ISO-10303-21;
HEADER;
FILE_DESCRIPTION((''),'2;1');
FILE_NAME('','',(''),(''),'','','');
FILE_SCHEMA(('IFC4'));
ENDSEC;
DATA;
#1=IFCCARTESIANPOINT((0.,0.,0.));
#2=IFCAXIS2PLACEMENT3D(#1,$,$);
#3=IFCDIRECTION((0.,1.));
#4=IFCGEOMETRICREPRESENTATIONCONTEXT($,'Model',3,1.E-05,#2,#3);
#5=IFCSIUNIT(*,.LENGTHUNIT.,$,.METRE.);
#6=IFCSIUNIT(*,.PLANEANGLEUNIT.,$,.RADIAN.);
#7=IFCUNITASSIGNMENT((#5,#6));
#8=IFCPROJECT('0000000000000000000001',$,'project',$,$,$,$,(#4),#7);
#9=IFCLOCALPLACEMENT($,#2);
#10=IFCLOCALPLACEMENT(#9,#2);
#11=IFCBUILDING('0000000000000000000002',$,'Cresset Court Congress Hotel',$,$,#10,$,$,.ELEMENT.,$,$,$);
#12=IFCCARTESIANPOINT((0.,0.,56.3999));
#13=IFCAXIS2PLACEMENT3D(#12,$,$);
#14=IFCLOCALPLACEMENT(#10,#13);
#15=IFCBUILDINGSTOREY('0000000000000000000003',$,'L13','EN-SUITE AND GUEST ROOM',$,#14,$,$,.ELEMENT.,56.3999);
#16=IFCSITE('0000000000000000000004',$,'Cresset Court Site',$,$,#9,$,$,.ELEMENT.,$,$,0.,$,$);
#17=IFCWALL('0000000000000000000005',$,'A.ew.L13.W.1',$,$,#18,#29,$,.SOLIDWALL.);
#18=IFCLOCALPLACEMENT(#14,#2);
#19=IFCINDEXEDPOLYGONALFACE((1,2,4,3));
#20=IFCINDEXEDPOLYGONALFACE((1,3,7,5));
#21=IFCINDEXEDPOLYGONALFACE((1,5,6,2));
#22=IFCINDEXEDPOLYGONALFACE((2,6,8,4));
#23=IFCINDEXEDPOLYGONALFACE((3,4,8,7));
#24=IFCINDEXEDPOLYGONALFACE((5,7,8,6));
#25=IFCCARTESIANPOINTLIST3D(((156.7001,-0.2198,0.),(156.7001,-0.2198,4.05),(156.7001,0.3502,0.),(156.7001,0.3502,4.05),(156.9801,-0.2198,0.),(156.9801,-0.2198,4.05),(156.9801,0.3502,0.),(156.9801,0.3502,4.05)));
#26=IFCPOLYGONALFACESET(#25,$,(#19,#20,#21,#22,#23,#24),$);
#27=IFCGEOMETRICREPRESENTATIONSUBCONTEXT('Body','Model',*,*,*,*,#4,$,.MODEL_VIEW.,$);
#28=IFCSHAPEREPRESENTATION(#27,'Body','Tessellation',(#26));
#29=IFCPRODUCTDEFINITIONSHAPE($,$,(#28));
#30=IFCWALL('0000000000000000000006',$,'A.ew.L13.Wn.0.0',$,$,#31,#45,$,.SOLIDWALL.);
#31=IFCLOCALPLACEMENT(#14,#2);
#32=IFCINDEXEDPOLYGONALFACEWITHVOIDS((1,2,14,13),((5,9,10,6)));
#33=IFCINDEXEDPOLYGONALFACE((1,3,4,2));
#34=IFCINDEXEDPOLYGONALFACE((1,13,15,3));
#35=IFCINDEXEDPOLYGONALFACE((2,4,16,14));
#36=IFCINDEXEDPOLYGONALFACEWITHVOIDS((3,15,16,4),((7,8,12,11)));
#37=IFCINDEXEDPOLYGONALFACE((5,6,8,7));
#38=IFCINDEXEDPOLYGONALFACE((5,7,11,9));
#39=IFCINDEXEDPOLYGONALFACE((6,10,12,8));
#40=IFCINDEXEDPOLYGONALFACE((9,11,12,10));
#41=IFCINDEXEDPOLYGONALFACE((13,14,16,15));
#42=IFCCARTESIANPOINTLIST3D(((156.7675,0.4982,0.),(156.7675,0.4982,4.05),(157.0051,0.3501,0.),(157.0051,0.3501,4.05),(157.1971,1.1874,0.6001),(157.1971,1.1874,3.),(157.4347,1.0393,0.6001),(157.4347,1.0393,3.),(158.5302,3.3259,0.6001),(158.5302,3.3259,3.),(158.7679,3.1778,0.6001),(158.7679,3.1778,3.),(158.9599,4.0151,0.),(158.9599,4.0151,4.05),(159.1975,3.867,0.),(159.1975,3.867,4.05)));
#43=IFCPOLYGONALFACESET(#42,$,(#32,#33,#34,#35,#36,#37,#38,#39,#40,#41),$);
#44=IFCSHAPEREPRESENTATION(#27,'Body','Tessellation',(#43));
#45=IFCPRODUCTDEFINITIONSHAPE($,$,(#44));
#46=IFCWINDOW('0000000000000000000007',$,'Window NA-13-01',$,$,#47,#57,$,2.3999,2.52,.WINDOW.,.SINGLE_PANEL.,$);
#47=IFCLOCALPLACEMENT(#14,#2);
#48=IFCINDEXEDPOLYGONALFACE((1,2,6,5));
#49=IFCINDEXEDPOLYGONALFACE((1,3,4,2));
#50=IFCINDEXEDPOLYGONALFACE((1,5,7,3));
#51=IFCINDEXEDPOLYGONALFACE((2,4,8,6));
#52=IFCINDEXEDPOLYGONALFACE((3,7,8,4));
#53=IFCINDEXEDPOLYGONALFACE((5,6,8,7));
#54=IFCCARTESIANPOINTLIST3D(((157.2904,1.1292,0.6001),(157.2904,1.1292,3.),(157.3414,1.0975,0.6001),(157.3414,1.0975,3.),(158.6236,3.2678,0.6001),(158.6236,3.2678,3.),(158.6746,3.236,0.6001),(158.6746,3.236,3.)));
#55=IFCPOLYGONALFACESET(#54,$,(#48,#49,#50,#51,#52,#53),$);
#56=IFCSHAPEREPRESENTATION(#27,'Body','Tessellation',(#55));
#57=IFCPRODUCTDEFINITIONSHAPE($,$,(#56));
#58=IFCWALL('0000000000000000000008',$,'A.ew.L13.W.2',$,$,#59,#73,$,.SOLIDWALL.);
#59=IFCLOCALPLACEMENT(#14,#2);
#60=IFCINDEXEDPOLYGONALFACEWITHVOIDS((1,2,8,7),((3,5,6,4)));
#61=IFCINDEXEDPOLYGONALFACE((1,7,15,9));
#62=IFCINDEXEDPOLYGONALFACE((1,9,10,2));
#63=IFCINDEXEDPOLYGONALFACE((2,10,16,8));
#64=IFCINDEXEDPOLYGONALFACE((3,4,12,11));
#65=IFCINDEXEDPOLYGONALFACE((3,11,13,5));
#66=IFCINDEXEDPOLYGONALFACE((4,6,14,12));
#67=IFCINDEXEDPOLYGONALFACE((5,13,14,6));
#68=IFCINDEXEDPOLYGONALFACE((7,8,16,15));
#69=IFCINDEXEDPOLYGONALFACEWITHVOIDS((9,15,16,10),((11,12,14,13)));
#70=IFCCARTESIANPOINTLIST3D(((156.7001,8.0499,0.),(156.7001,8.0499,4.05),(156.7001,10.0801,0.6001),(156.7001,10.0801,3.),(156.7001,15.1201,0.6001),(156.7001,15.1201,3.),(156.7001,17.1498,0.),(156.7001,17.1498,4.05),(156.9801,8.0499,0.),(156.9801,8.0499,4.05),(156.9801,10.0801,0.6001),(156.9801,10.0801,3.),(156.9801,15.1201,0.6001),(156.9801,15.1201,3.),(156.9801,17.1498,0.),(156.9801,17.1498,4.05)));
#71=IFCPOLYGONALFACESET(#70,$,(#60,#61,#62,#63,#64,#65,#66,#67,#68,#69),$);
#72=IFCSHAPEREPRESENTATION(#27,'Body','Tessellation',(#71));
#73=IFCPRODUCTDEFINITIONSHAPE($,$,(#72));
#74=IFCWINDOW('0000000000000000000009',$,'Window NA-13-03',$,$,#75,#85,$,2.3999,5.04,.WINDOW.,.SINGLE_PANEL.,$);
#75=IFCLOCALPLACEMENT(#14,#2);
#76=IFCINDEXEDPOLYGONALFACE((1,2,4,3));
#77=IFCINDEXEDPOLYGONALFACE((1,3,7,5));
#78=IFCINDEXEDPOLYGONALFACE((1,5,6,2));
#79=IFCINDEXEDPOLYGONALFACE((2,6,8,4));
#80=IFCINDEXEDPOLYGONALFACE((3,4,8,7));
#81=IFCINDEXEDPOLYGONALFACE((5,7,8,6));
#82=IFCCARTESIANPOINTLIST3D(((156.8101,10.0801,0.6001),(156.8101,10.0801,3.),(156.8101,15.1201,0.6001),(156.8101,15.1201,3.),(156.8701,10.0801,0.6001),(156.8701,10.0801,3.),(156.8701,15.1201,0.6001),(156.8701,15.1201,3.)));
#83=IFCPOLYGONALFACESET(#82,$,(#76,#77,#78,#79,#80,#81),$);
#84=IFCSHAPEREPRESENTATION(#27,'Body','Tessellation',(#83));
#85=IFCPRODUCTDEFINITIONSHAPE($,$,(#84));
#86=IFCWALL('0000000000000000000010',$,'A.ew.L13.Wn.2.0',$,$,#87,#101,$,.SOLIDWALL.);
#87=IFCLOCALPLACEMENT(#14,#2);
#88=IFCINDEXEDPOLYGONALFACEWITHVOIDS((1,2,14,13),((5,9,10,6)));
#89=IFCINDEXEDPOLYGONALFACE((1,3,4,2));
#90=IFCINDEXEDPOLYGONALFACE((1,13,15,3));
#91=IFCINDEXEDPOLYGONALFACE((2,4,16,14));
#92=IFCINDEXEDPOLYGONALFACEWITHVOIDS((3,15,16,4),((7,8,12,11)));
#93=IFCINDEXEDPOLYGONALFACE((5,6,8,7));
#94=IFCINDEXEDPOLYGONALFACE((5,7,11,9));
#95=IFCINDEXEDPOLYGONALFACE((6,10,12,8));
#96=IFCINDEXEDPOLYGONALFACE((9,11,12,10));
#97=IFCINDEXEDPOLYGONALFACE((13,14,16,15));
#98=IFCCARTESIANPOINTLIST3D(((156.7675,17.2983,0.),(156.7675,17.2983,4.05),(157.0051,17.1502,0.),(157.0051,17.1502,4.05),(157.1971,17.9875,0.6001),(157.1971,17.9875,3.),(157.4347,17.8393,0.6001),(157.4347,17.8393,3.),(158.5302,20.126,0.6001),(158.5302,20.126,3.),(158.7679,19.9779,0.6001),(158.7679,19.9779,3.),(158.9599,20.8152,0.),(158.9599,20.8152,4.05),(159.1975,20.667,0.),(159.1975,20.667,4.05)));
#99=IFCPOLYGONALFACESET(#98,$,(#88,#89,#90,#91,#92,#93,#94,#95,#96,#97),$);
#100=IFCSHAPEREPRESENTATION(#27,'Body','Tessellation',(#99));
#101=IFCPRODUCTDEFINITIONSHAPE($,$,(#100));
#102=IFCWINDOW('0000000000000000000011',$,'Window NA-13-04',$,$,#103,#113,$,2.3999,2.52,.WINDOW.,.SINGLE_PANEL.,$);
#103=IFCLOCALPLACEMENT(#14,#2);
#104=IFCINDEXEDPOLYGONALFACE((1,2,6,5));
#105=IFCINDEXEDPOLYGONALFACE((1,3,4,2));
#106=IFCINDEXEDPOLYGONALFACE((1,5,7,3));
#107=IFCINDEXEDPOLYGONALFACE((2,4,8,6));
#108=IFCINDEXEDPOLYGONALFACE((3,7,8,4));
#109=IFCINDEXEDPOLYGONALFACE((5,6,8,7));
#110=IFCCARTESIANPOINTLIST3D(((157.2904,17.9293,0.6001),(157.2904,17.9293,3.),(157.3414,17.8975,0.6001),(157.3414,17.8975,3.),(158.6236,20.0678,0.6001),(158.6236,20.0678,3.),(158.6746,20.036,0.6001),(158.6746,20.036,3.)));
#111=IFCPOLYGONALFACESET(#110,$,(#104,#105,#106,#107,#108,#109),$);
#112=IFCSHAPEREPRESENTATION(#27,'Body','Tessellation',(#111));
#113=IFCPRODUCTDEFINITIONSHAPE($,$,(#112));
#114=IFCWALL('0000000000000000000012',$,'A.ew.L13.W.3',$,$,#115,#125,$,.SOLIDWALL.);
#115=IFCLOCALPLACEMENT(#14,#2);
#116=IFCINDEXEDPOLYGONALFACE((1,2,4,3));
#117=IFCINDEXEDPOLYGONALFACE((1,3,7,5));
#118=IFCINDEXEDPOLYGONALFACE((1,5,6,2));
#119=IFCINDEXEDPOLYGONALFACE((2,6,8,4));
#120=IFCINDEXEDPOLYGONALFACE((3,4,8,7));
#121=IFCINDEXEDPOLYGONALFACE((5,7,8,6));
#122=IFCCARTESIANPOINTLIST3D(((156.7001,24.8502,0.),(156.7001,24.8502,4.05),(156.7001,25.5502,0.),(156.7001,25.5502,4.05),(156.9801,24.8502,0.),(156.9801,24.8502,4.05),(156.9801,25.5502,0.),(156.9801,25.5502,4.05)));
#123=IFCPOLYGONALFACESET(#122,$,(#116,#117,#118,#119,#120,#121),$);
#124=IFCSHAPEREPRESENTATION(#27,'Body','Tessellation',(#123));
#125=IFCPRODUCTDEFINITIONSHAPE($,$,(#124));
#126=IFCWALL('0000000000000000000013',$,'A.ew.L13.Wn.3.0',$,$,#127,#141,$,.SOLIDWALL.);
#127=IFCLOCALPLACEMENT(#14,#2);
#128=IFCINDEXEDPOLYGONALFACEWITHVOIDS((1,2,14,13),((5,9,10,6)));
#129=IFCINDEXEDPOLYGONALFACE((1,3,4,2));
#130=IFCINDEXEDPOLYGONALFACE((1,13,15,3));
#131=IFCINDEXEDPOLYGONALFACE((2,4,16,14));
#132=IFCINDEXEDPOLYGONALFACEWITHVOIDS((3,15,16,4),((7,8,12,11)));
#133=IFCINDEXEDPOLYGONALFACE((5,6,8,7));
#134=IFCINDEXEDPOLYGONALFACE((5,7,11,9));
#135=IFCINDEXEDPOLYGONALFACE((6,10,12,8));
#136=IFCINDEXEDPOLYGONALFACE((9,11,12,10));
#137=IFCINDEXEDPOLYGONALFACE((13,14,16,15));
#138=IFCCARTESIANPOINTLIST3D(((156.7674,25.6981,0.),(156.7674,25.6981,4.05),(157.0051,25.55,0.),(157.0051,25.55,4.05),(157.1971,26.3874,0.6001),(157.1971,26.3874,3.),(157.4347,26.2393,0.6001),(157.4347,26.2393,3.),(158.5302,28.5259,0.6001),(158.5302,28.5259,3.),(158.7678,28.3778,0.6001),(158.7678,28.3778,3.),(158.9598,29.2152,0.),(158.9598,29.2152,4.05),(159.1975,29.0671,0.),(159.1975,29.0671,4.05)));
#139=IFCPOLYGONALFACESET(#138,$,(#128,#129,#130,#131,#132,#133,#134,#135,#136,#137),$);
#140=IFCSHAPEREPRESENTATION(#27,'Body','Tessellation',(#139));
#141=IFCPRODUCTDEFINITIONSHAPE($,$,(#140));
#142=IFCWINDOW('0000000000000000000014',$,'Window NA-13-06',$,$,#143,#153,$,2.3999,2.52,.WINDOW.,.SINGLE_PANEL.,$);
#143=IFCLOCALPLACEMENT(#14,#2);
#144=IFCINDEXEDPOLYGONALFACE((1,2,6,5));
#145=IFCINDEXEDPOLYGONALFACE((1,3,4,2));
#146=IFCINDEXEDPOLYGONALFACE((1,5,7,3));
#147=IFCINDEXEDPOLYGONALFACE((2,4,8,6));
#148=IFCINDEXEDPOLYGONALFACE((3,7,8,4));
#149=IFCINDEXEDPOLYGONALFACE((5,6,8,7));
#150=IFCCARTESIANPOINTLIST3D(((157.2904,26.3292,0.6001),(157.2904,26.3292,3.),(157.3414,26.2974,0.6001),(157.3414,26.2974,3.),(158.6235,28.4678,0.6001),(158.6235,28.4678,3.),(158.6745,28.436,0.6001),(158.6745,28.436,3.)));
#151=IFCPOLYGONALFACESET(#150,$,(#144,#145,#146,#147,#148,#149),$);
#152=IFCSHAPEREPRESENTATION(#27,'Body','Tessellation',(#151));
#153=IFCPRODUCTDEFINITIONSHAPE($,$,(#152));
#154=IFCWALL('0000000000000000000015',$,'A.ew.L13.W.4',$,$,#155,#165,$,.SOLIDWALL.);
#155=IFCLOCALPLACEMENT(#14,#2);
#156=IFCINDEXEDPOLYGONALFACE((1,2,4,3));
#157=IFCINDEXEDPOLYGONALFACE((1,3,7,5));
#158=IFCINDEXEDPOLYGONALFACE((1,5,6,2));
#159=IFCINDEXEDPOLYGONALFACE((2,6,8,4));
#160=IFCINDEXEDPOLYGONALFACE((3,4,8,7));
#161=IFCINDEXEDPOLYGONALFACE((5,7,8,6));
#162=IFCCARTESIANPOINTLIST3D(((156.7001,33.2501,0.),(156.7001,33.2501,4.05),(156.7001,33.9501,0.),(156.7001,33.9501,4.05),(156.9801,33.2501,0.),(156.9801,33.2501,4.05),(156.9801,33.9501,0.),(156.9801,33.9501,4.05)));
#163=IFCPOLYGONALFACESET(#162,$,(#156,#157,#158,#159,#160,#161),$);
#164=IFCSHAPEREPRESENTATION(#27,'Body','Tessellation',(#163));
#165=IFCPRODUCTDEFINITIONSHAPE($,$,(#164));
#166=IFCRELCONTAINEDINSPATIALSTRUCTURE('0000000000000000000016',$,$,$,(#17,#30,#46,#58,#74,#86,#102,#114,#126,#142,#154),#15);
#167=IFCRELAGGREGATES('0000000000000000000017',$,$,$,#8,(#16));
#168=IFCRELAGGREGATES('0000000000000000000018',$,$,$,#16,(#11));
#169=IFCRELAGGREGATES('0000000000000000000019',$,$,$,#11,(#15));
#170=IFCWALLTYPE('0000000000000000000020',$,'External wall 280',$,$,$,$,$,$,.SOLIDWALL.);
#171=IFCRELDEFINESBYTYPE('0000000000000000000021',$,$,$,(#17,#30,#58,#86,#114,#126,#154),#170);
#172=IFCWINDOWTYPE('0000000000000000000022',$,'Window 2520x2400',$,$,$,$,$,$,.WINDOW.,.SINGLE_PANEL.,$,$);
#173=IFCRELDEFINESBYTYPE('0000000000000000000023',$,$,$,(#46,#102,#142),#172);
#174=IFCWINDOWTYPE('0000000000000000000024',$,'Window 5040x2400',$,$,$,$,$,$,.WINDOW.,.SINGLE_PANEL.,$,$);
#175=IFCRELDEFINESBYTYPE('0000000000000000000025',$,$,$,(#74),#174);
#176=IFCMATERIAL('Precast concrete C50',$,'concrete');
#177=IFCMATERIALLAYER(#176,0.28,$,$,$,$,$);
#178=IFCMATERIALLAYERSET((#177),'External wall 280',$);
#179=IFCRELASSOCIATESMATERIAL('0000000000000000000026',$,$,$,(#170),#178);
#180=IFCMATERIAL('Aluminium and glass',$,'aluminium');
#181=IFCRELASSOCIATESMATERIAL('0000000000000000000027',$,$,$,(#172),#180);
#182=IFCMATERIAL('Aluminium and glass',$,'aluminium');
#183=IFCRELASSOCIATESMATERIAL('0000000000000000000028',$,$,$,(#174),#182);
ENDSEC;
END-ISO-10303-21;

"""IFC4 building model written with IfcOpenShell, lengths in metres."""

from ifc_helpers import new_model, si_unit, direction, frame, frame_2d, origin, place, context, subcontext, project, spatial, rectangle, extrude, material, layer, layer_set, type_object, element, fill, save


model = new_model("IFC4")

# Units and contexts
model_context = context("Model", 3, precision=1e-05, world=origin(), true_north=direction((0.0, 1.0)))
body_context = subcontext(model_context, "Body", "Model", "MODEL_VIEW")
ifc_project = project(units=[si_unit("LENGTHUNIT", "METRE"), si_unit("PLANEANGLEUNIT", "RADIAN")], contexts=[model_context])

# Site, building, storey
site_placement = place(None, origin())
site = spatial("IfcSite", under=ifc_project, at=site_placement, Name="Cresset Court Site", CompositionType="ELEMENT", RefElevation=0.0)
building_placement = place(site_placement, origin())
building = spatial("IfcBuilding", under=site, at=building_placement, Name="Cresset Court Congress Hotel", CompositionType="ELEMENT")
storey_placement = place(building_placement, frame((0.0, 0.0, 56.3999)))
storey = spatial("IfcBuildingStorey", under=building, at=storey_placement, Name="L13", Description="EN-SUITE AND GUEST ROOM", CompositionType="ELEMENT", Elevation=56.3999)

# Wall
ifc_material_1 = material(Name="Precast concrete C50", Category="concrete")
ifc_layer_1 = layer(ifc_material_1, 0.28)
ifc_layer_set_1 = layer_set([ifc_layer_1], Name="External wall 280")
wall_type_1 = type_object("IfcWallType", Name="External wall 280", PredefinedType="SOLIDWALL", material=ifc_layer_set_1)
wall_1_placement = place(storey_placement, frame((156.8401, -0.22, 0.0), z_axis=(0.0, 0.0, 1.0), x_axis=(0.0, 1.0, 0.0)))
element("IfcWall", 1, at=wall_1_placement, inside=storey, type_object=wall_type_1, Name="A.ew.L13.W.1", PredefinedType="SOLIDWALL", context=body_context, shape_type="SweptSolid", body=[
    extrude(rectangle(XDim=0.5701, YDim=0.28, at=frame_2d((0.2852, 0.0))), origin(), (0.0, 0.0, 1.0), 4.05),
])

# Walls, openings, windows
wall_2_placement = place(storey_placement, frame((156.8862, 0.4241, 0.0), z_axis=(0.0, 0.0, 1.0), x_axis=(0.529019, 0.84861, 0.0)))
wall_2 = element("IfcWall", 2, at=wall_2_placement, inside=storey, type_object=wall_type_1, Name="A.ew.L13.Wn.0.0", PredefinedType="SOLIDWALL", context=body_context, shape_type="SweptSolid", body=[
    extrude(rectangle(XDim=4.1443, YDim=0.28, at=frame_2d((2.0723, 0.0))), origin(), (0.0, 0.0, 1.0), 4.05),
])
opening_1_placement = place(wall_2_placement, frame((0.8123, 0.0, 0.6001)))
opening_1 = element("IfcOpeningElement", 3, at=opening_1_placement, cuts=wall_2, PredefinedType="OPENING", context=body_context, shape_type="SweptSolid", body=[
    extrude(rectangle(XDim=2.52, YDim=2.3999, at=frame_2d((1.26, 1.2))), frame((0.0, 0.1499, 0.0), z_axis=(0.0, -1.0, 0.0), x_axis=(1.0, 0.0, 0.0)), (0.0, 0.0, 1.0), 0.3),
])
ifc_material_2 = material(Name="Aluminium and glass", Category="aluminium")
window_type_1 = type_object("IfcWindowType", Name="Window 2520x2400", PartitioningType="SINGLE_PANEL", PredefinedType="WINDOW", material=ifc_material_2)
window_1_placement = place(opening_1_placement, origin())
window_1 = element("IfcWindow", 4, at=window_1_placement, inside=storey, type_object=window_type_1, Name="Window NA-13-01", OverallHeight=2.3999, OverallWidth=2.52, PartitioningType="SINGLE_PANEL", PredefinedType="WINDOW", context=body_context, shape_type="SweptSolid", body=[
    extrude(rectangle(XDim=2.52, YDim=2.3999, at=frame_2d((1.26, 1.2))), frame((0.0, 0.03, 0.0), z_axis=(0.0, -1.0, 0.0), x_axis=(1.0, 0.0, 0.0)), (0.0, 0.0, 1.0), 0.0601),
])
fill(opening_1, window_1)
wall_3_placement = place(storey_placement, frame((156.8401, 8.05, 0.0), z_axis=(0.0, 0.0, 1.0), x_axis=(0.0, 1.0, 0.0)))
wall_3 = element("IfcWall", 5, at=wall_3_placement, inside=storey, type_object=wall_type_1, Name="A.ew.L13.W.2", PredefinedType="SOLIDWALL", context=body_context, shape_type="SweptSolid", body=[
    extrude(rectangle(XDim=9.0999, YDim=0.28, at=frame_2d((4.5498, 0.0))), origin(), (0.0, 0.0, 1.0), 4.05),
])
opening_2_placement = place(wall_3_placement, frame((2.03, 0.0, 0.6001)))
opening_2 = element("IfcOpeningElement", 6, at=opening_2_placement, cuts=wall_3, PredefinedType="OPENING", context=body_context, shape_type="SweptSolid", body=[
    extrude(rectangle(XDim=5.04, YDim=2.3999, at=frame_2d((2.52, 1.2))), frame((0.0, 0.1499, 0.0), z_axis=(0.0, -1.0, 0.0), x_axis=(1.0, 0.0, 0.0)), (0.0, 0.0, 1.0), 0.3),
])
ifc_material_3 = material(Name="Aluminium and glass", Category="aluminium")
window_type_2 = type_object("IfcWindowType", Name="Window 5040x2400", PartitioningType="SINGLE_PANEL", PredefinedType="WINDOW", material=ifc_material_3)
window_2_placement = place(opening_2_placement, origin())
window_2 = element("IfcWindow", 7, at=window_2_placement, inside=storey, type_object=window_type_2, Name="Window NA-13-03", OverallHeight=2.3999, OverallWidth=5.04, PartitioningType="SINGLE_PANEL", PredefinedType="WINDOW", context=body_context, shape_type="SweptSolid", body=[
    extrude(rectangle(XDim=5.04, YDim=2.3999, at=frame_2d((2.52, 1.2))), frame((0.0, 0.03, 0.0), z_axis=(0.0, -1.0, 0.0), x_axis=(1.0, 0.0, 0.0)), (0.0, 0.0, 1.0), 0.0601),
])
fill(opening_2, window_2)
wall_4_placement = place(storey_placement, frame((156.8862, 17.2241, 0.0), z_axis=(0.0, 0.0, 1.0), x_axis=(0.529019, 0.84861, 0.0)))
wall_4 = element("IfcWall", 8, at=wall_4_placement, inside=storey, type_object=wall_type_1, Name="A.ew.L13.Wn.2.0", PredefinedType="SOLIDWALL", context=body_context, shape_type="SweptSolid", body=[
    extrude(rectangle(XDim=4.1443, YDim=0.28, at=frame_2d((2.0723, 0.0))), origin(), (0.0, 0.0, 1.0), 4.05),
])
opening_3_placement = place(wall_4_placement, frame((0.8123, 0.0, 0.6001)))
opening_3 = element("IfcOpeningElement", 9, at=opening_3_placement, cuts=wall_4, PredefinedType="OPENING", context=body_context, shape_type="SweptSolid", body=[
    extrude(rectangle(XDim=2.52, YDim=2.3999, at=frame_2d((1.26, 1.2))), frame((0.0, 0.1499, 0.0), z_axis=(0.0, -1.0, 0.0), x_axis=(1.0, 0.0, 0.0)), (0.0, 0.0, 1.0), 0.3),
])
window_3_placement = place(opening_3_placement, origin())
window_3 = element("IfcWindow", 10, at=window_3_placement, inside=storey, type_object=window_type_1, Name="Window NA-13-04", OverallHeight=2.3999, OverallWidth=2.52, PartitioningType="SINGLE_PANEL", PredefinedType="WINDOW", context=body_context, shape_type="SweptSolid", body=[
    extrude(rectangle(XDim=2.52, YDim=2.3999, at=frame_2d((1.26, 1.2))), frame((0.0, 0.03, 0.0), z_axis=(0.0, -1.0, 0.0), x_axis=(1.0, 0.0, 0.0)), (0.0, 0.0, 1.0), 0.0601),
])
fill(opening_3, window_3)

# Wall
wall_5_placement = place(storey_placement, frame((156.8401, 24.8501, 0.0), z_axis=(0.0, 0.0, 1.0), x_axis=(0.0, 1.0, 0.0)))
element("IfcWall", 11, at=wall_5_placement, inside=storey, type_object=wall_type_1, Name="A.ew.L13.W.3", PredefinedType="SOLIDWALL", context=body_context, shape_type="SweptSolid", body=[
    extrude(rectangle(XDim=0.7, YDim=0.28, at=frame_2d((0.3501, 0.0))), origin(), (0.0, 0.0, 1.0), 4.05),
])

# Wall, opening, window
wall_6_placement = place(storey_placement, frame((156.8862, 25.624, 0.0), z_axis=(0.0, 0.0, 1.0), x_axis=(0.528993, 0.848626, 0.0)))
wall_6 = element("IfcWall", 12, at=wall_6_placement, inside=storey, type_object=wall_type_1, Name="A.ew.L13.Wn.3.0", PredefinedType="SOLIDWALL", context=body_context, shape_type="SweptSolid", body=[
    extrude(rectangle(XDim=4.1445, YDim=0.28, at=frame_2d((2.0723, 0.0))), origin(), (0.0, 0.0, 1.0), 4.05),
])
opening_4_placement = place(wall_6_placement, frame((0.8123, 0.0, 0.6001)))
opening_4 = element("IfcOpeningElement", 13, at=opening_4_placement, cuts=wall_6, PredefinedType="OPENING", context=body_context, shape_type="SweptSolid", body=[
    extrude(rectangle(XDim=2.52, YDim=2.3999, at=frame_2d((1.26, 1.2))), frame((0.0, 0.1499, 0.0), z_axis=(0.0, -1.0, 0.0), x_axis=(1.0, 0.0, 0.0)), (0.0, 0.0, 1.0), 0.3),
])
window_4_placement = place(opening_4_placement, origin())
window_4 = element("IfcWindow", 14, at=window_4_placement, inside=storey, type_object=window_type_1, Name="Window NA-13-06", OverallHeight=2.3999, OverallWidth=2.52, PartitioningType="SINGLE_PANEL", PredefinedType="WINDOW", context=body_context, shape_type="SweptSolid", body=[
    extrude(rectangle(XDim=2.52, YDim=2.3999, at=frame_2d((1.26, 1.2))), frame((0.0, 0.03, 0.0), z_axis=(0.0, -1.0, 0.0), x_axis=(1.0, 0.0, 0.0)), (0.0, 0.0, 1.0), 0.0601),
])
fill(opening_4, window_4)

# Wall
wall_7_placement = place(storey_placement, frame((156.8401, 33.25, 0.0), z_axis=(0.0, 0.0, 1.0), x_axis=(0.0, 1.0, 0.0)))
element("IfcWall", 15, at=wall_7_placement, inside=storey, type_object=wall_type_1, Name="A.ew.L13.W.4", PredefinedType="SOLIDWALL", context=body_context, shape_type="SweptSolid", body=[
    extrude(rectangle(XDim=0.7, YDim=0.28, at=frame_2d((0.3501, 0.0))), origin(), (0.0, 0.0, 1.0), 4.05),
])

save(model, "model.ifc")
